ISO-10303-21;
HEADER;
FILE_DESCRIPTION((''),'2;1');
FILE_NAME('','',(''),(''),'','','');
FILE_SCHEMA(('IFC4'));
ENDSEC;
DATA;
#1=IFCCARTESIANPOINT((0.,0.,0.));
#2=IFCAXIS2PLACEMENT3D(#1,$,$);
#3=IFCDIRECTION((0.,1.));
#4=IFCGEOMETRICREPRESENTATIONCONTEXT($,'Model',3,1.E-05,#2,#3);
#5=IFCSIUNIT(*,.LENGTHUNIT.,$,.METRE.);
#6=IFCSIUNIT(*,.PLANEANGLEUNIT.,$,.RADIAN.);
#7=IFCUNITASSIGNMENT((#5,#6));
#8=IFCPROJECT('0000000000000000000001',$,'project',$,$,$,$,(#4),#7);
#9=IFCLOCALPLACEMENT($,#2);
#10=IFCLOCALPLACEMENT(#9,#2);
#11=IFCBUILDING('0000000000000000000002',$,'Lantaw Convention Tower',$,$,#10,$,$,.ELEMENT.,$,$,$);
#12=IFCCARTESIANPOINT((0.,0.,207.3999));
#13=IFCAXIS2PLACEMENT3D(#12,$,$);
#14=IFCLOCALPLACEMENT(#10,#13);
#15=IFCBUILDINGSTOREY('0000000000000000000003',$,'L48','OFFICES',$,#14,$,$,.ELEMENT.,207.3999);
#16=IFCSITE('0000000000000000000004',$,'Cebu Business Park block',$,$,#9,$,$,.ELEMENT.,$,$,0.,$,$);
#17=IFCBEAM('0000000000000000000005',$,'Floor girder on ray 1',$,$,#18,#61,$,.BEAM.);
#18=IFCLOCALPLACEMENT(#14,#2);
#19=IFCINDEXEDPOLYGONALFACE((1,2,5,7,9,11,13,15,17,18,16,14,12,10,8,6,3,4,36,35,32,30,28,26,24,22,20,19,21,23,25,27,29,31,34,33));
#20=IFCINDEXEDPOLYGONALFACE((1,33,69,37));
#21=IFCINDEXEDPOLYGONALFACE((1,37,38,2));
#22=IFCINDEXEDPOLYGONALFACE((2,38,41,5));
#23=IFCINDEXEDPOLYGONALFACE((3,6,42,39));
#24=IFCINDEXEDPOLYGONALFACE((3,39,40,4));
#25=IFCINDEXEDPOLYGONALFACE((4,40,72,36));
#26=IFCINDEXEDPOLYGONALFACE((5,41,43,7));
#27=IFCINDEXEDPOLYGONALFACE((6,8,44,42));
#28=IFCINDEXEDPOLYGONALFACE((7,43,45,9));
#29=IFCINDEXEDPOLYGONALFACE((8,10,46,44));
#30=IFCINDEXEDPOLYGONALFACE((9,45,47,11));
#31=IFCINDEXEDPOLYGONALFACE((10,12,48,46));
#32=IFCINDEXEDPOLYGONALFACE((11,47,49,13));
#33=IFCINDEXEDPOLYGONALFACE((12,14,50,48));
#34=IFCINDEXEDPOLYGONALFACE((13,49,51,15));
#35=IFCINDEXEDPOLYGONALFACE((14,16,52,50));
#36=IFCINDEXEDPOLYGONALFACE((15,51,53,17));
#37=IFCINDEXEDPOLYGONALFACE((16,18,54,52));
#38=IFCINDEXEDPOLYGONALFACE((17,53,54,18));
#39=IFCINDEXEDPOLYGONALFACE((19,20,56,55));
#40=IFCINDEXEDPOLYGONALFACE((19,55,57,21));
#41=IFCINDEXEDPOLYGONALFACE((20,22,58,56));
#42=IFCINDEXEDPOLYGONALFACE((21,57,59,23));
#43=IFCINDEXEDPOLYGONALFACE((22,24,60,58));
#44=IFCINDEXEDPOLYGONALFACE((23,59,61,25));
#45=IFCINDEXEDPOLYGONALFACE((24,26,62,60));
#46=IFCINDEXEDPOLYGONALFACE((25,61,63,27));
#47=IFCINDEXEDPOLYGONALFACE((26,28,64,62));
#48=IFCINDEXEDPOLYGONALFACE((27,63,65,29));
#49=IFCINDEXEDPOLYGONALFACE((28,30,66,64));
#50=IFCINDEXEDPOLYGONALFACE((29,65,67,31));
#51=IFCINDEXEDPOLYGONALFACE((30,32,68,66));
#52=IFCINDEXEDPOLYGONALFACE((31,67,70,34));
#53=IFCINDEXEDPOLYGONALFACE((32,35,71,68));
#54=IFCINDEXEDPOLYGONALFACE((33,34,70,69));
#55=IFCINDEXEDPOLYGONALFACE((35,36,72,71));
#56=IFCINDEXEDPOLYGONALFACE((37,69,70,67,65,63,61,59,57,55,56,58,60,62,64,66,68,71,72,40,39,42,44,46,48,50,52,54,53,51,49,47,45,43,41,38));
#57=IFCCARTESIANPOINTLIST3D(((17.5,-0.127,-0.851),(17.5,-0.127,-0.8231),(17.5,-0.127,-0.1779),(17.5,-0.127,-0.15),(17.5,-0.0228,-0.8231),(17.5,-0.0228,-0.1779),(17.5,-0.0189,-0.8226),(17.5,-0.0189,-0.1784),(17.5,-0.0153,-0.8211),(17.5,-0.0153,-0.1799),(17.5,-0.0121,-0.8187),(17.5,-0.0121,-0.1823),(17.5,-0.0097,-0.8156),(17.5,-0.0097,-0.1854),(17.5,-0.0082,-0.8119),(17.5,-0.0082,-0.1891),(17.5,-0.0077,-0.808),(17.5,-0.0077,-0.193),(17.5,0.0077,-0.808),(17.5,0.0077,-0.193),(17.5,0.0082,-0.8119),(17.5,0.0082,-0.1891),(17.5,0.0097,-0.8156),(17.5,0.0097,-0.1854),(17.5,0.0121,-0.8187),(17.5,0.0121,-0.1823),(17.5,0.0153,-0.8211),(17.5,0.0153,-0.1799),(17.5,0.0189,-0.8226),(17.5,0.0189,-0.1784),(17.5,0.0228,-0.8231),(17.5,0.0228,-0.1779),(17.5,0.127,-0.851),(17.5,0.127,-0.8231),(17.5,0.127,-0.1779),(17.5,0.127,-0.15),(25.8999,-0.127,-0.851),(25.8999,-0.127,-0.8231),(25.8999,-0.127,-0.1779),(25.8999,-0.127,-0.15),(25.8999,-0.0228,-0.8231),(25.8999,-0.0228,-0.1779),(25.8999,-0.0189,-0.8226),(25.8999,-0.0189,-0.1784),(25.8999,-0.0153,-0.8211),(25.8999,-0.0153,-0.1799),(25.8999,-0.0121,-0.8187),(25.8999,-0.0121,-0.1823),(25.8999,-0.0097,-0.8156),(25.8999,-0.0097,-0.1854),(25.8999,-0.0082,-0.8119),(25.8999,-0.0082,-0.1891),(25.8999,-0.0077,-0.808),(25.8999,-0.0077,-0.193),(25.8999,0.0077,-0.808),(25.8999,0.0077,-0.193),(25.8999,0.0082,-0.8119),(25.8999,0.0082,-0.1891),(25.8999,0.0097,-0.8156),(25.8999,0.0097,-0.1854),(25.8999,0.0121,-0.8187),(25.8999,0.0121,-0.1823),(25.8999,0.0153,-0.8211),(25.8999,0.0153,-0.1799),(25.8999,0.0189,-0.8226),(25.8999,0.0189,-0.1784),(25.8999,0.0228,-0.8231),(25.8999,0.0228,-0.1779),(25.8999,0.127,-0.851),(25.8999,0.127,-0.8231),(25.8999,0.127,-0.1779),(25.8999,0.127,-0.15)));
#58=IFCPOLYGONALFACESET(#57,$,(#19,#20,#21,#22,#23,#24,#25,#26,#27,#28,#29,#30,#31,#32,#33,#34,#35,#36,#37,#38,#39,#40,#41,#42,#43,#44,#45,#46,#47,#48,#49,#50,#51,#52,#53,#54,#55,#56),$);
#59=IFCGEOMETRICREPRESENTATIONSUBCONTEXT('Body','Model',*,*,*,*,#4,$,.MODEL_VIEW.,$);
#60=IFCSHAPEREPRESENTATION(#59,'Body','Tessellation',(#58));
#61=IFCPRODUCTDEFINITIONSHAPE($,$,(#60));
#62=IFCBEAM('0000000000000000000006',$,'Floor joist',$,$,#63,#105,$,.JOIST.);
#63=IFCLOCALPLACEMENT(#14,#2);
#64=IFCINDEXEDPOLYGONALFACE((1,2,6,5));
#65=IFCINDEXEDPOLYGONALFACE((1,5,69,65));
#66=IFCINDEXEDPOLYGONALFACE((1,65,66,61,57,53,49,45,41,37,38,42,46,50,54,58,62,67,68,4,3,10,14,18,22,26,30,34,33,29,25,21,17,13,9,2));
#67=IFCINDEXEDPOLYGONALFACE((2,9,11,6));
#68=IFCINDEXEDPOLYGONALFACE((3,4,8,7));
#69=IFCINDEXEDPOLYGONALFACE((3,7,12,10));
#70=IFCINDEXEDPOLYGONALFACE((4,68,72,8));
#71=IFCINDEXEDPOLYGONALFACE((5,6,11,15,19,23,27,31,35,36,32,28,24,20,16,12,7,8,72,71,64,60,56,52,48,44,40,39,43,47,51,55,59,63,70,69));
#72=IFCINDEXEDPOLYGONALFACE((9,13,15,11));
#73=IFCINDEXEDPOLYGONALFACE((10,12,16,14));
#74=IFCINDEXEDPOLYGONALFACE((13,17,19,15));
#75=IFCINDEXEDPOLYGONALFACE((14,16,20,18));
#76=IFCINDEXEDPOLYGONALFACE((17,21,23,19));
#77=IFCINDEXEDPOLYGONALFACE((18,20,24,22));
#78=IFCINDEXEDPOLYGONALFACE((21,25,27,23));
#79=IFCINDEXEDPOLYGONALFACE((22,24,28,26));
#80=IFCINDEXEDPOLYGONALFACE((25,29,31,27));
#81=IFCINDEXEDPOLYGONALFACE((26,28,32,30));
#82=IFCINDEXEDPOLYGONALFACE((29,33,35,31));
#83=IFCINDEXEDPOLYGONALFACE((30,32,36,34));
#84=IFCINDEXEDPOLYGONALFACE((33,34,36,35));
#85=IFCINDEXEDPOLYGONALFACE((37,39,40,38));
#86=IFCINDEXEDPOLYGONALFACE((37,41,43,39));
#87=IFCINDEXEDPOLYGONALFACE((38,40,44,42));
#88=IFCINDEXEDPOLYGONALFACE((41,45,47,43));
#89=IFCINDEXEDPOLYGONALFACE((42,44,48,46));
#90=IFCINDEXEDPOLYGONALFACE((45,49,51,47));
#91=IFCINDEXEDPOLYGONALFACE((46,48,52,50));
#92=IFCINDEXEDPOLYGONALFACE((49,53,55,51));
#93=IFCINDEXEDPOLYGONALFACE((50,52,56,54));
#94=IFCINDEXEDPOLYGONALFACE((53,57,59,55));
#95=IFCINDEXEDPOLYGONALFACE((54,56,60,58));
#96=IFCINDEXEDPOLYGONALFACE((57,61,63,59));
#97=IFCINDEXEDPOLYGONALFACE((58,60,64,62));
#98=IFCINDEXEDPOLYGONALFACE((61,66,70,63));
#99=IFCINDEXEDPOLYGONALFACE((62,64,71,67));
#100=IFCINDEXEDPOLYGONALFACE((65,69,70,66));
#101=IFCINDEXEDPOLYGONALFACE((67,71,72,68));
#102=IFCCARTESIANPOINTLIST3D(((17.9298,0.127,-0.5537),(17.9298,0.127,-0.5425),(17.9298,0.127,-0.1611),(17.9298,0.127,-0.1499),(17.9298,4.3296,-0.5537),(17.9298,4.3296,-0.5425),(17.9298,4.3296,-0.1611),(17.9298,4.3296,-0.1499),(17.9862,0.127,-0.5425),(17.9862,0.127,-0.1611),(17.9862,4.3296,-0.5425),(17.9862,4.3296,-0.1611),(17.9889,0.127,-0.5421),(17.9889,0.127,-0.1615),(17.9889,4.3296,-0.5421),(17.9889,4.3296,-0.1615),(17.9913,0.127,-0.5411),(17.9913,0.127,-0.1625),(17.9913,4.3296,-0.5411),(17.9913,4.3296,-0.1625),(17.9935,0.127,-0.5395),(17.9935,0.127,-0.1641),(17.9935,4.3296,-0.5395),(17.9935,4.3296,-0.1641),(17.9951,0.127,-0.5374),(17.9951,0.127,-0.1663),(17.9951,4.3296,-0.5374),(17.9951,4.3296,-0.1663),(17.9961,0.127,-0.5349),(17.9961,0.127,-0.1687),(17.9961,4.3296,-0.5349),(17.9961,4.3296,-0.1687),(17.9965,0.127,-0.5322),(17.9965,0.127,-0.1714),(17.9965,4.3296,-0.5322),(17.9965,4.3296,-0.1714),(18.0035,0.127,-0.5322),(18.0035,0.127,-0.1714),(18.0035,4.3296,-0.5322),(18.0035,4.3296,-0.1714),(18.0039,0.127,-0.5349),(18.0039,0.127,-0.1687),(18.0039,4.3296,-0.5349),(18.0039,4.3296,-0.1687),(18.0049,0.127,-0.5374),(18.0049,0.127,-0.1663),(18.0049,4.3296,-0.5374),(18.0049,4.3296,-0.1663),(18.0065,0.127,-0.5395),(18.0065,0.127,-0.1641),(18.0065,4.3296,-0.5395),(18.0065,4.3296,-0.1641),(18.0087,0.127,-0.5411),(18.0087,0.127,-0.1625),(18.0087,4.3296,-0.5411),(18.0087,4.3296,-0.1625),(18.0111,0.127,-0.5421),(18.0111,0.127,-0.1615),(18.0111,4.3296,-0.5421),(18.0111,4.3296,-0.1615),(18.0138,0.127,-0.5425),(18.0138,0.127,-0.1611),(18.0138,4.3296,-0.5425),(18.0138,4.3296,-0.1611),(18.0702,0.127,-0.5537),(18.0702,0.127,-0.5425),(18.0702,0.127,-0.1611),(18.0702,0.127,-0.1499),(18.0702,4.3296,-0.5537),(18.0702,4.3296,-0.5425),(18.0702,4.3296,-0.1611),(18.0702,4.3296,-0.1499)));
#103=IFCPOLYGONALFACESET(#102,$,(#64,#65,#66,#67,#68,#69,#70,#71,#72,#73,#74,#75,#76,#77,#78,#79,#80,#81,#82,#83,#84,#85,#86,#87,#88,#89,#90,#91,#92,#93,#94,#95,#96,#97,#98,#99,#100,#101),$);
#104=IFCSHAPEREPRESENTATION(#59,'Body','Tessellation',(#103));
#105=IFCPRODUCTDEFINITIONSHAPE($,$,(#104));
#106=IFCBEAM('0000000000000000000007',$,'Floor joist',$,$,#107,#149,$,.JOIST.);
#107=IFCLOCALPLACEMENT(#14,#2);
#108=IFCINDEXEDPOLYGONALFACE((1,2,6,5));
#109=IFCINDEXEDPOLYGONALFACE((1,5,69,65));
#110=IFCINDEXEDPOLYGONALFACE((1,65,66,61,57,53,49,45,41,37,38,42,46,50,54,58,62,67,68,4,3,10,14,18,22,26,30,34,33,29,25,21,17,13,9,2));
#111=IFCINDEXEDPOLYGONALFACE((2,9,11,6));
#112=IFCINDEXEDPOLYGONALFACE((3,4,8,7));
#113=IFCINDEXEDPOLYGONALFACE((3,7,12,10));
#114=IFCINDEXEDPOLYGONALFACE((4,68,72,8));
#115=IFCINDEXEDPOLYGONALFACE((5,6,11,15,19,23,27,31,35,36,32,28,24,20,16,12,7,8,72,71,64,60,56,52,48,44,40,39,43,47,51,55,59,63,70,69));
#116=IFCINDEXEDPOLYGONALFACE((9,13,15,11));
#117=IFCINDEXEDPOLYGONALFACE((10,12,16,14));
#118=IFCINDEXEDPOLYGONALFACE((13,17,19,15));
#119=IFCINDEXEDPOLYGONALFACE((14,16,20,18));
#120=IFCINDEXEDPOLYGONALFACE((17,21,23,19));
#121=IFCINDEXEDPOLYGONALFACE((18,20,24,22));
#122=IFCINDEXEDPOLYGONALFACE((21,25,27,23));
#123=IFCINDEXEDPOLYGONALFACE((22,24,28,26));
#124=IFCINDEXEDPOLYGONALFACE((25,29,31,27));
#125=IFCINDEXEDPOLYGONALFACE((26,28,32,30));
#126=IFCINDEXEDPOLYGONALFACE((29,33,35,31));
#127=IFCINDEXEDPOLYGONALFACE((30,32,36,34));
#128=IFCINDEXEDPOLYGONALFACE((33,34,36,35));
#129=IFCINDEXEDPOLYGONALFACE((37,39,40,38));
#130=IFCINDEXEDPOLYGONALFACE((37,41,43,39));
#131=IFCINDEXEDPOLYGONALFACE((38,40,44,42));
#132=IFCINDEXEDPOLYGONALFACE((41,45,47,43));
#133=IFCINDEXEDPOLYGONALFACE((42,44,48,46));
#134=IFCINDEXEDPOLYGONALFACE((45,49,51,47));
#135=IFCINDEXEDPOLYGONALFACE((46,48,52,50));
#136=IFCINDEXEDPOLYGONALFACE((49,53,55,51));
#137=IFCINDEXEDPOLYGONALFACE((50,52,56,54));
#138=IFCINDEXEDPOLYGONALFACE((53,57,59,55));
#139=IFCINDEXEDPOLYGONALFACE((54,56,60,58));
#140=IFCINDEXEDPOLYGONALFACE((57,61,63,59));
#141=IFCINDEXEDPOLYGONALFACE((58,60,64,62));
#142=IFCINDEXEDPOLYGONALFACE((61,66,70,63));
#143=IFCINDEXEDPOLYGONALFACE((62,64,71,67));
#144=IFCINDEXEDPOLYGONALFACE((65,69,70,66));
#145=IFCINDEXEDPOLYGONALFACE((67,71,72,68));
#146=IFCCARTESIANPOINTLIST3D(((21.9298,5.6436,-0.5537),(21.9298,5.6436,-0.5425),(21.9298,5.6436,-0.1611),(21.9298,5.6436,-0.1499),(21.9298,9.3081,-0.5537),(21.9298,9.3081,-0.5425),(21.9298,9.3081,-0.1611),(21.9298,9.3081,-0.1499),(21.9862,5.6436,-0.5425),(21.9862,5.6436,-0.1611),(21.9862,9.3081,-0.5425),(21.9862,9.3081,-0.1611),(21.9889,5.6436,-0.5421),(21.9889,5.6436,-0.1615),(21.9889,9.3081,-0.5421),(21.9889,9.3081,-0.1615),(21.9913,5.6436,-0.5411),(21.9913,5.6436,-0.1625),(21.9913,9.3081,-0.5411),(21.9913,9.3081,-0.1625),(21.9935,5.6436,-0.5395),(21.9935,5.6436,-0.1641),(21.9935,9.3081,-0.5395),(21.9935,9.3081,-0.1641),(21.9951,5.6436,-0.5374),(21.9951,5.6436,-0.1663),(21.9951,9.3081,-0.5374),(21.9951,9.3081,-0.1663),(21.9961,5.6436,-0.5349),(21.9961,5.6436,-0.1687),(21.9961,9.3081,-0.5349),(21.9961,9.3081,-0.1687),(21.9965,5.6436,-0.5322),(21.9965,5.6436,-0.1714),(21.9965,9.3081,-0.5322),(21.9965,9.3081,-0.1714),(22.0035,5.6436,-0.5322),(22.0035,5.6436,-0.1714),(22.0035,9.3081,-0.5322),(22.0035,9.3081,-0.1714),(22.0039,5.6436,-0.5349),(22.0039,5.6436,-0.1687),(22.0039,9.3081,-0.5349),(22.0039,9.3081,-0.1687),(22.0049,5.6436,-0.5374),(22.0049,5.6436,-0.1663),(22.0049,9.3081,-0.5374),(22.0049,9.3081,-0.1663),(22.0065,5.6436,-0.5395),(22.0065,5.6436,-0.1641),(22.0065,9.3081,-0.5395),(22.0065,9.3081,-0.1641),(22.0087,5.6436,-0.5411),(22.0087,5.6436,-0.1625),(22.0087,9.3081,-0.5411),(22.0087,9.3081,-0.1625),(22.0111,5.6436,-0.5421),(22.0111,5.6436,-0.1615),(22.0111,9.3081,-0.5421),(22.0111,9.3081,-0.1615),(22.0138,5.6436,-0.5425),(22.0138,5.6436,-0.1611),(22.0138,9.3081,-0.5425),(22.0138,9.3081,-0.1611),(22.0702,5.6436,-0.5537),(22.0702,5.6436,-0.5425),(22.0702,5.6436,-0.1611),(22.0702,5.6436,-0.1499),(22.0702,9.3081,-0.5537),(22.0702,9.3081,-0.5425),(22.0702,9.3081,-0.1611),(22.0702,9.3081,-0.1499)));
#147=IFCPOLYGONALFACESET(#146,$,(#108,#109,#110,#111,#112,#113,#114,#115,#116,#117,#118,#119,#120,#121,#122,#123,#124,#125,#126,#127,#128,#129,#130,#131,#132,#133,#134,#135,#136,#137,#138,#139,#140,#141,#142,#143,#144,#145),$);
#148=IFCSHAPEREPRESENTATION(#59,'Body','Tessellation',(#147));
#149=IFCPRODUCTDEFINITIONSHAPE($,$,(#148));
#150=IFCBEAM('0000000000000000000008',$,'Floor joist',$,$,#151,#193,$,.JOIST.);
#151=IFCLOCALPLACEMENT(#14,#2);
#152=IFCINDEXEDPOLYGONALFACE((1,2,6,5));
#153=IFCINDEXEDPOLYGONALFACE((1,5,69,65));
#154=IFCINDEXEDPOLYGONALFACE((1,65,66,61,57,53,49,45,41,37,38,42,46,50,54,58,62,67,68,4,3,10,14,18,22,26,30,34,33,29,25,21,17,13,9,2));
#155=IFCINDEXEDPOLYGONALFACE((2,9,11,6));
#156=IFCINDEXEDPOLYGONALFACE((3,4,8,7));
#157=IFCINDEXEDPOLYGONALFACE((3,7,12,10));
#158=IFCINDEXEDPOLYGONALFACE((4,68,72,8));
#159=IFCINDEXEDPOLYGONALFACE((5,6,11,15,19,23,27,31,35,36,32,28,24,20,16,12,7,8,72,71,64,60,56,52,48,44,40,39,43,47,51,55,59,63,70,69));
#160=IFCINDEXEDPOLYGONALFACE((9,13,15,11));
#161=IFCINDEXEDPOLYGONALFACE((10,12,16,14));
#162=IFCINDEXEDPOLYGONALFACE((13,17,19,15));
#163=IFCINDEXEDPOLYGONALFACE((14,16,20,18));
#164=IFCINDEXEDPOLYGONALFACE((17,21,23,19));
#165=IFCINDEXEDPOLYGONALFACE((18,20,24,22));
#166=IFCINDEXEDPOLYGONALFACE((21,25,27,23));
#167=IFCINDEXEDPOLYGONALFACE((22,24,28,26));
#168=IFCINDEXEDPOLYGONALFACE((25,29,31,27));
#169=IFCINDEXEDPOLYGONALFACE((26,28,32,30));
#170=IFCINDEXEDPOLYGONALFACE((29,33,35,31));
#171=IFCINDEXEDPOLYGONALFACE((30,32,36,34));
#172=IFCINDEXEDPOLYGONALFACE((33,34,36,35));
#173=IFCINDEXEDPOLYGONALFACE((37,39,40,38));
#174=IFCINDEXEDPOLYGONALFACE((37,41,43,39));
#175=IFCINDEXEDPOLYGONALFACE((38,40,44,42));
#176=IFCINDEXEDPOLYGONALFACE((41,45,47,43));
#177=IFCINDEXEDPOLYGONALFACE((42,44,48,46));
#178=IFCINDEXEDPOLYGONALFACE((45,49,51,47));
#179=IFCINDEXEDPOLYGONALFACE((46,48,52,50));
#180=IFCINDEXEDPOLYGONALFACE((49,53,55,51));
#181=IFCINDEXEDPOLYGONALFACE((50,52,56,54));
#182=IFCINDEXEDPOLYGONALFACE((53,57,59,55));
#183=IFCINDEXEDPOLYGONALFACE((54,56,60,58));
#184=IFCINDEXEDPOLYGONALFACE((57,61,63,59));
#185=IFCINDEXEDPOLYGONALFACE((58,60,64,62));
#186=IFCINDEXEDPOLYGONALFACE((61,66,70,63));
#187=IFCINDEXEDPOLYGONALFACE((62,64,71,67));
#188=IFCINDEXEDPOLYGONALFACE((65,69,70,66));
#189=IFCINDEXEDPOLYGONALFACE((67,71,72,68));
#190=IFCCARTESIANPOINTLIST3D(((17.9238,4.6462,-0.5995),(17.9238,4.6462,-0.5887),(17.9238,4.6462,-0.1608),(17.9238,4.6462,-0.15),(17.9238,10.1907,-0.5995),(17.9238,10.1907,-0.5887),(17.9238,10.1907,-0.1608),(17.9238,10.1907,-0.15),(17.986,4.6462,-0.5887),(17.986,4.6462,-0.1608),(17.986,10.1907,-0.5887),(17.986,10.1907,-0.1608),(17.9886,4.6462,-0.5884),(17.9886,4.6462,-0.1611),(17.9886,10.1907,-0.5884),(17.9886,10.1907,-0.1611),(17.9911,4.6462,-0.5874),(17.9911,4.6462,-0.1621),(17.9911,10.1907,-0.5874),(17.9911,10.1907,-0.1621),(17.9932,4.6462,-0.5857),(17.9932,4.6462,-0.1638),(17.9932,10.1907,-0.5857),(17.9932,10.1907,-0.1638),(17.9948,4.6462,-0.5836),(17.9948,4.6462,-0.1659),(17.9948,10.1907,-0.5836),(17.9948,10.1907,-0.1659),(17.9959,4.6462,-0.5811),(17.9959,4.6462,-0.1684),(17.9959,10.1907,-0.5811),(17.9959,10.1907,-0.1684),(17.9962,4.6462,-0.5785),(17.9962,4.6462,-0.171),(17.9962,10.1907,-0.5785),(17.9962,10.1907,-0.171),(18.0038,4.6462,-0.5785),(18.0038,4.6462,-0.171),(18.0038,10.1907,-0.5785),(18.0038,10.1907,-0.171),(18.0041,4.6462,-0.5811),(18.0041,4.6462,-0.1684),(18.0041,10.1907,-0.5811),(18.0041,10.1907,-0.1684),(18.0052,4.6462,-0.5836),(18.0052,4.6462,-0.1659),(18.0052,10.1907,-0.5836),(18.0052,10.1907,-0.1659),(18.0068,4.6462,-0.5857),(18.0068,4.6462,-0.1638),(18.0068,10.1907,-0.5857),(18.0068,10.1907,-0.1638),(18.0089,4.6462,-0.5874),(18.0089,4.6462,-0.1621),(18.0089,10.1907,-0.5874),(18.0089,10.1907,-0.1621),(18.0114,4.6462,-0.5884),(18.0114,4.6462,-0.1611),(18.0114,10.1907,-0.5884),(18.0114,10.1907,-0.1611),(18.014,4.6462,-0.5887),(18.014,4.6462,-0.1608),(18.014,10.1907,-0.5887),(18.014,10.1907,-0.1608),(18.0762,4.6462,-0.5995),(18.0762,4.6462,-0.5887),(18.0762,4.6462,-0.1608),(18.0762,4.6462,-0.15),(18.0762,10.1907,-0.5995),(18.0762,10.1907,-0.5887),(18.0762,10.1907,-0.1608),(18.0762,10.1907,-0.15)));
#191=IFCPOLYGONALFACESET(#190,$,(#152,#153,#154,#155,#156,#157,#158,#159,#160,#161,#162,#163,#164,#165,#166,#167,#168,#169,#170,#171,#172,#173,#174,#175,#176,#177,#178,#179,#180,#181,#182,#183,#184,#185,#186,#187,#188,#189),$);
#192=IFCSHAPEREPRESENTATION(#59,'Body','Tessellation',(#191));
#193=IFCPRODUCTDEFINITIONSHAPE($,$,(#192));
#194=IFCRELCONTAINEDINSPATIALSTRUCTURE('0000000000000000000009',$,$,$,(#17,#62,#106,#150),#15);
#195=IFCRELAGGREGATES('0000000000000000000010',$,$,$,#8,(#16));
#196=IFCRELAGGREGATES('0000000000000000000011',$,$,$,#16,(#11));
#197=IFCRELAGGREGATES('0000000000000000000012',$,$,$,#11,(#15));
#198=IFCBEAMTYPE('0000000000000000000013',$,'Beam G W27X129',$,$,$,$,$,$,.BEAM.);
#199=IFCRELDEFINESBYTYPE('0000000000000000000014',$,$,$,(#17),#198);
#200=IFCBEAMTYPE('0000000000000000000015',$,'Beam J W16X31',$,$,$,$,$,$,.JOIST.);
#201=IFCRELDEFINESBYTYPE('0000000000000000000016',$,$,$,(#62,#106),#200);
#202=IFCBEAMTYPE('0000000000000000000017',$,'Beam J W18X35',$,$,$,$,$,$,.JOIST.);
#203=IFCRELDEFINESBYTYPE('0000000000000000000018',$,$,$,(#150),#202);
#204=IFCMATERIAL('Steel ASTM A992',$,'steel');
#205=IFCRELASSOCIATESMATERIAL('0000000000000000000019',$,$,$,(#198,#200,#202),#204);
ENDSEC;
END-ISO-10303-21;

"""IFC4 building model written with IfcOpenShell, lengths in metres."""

from ifc_helpers import new_model, si_unit, direction, frame, origin, origin_2d, place, context, subcontext, project, spatial, i_section, extrude, material, material_profile, profile_set, type_object, element, save


model = new_model("IFC4")

# Units and contexts
model_context = context("Model", 3, precision=1e-05, world=origin(), true_north=direction((0.0, 1.0)))
body_context = subcontext(model_context, "Body", "Model", "MODEL_VIEW")
ifc_project = project(units=[si_unit("LENGTHUNIT", "METRE"), si_unit("PLANEANGLEUNIT", "RADIAN")], contexts=[model_context])

# Site, building, storey
site_placement = place(None, origin())
site = spatial("IfcSite", under=ifc_project, at=site_placement, Name="Cebu Business Park block", CompositionType="ELEMENT", RefElevation=0.0)
building_placement = place(site_placement, origin())
building = spatial("IfcBuilding", under=site, at=building_placement, Name="Lantaw Convention Tower", CompositionType="ELEMENT")
storey_placement = place(building_placement, frame((0.0, 0.0, 207.3999)))
storey = spatial("IfcBuildingStorey", under=building, at=storey_placement, Name="L48", Description="OFFICES", CompositionType="ELEMENT", Elevation=207.3999)

# Beams
ifc_material_1 = material(Name="Steel ASTM A992", Category="steel")
ifc_material_profile_1 = material_profile(ifc_material_1, i_section(OverallWidth=0.2539, OverallDepth=0.7009, WebThickness=0.0154, FlangeThickness=0.0278, FilletRadius=0.0151, at=origin_2d()), Name="W27X129")
ifc_profile_set_1 = profile_set([ifc_material_profile_1], Name="Steel ASTM A992")
beam_type_1 = type_object("IfcBeamType", Name="Beam G W27X129", PredefinedType="BEAM", material=ifc_profile_set_1)
beam_1_placement = place(storey_placement, frame((17.5, 0.0, -0.5005), z_axis=(1.0, 0.0, 0.0), x_axis=(0.0, 1.0, 0.0)))
element("IfcBeam", 1, at=beam_1_placement, inside=storey, type_object=beam_type_1, Name="Floor girder on ray 1", PredefinedType="BEAM", context=body_context, shape_type="SweptSolid", body=[
    extrude(i_section(OverallWidth=0.2539, OverallDepth=0.7009, WebThickness=0.0154, FlangeThickness=0.0278, FilletRadius=0.0151, at=origin_2d()), origin(), (0.0, 0.0, 1.0), 8.3999),
])
ifc_material_profile_2 = material_profile(ifc_material_1, i_section(OverallWidth=0.1404, OverallDepth=0.4038, WebThickness=0.0071, FlangeThickness=0.0112, FilletRadius=0.0103, at=origin_2d()), Name="W16X31")
ifc_profile_set_2 = profile_set([ifc_material_profile_2], Name="Steel ASTM A992")
beam_type_2 = type_object("IfcBeamType", Name="Beam J W16X31", PredefinedType="JOIST", material=ifc_profile_set_2)
beam_2_placement = place(storey_placement, frame((18.0, 0.127, -0.3518), z_axis=(0.0, 1.0, 0.0), x_axis=(-1.0, 0.0, 0.0)))
element("IfcBeam", 2, at=beam_2_placement, inside=storey, type_object=beam_type_2, Name="Floor joist", PredefinedType="JOIST", context=body_context, shape_type="SweptSolid", body=[
    extrude(i_section(OverallWidth=0.1404, OverallDepth=0.4038, WebThickness=0.0071, FlangeThickness=0.0112, FilletRadius=0.0103, at=origin_2d()), origin(), (0.0, 0.0, 1.0), 4.2026),
])
beam_3_placement = place(storey_placement, frame((22.0, 5.6436, -0.3518), z_axis=(0.0, 1.0, 0.0), x_axis=(-1.0, 0.0, 0.0)))
element("IfcBeam", 3, at=beam_3_placement, inside=storey, type_object=beam_type_2, Name="Floor joist", PredefinedType="JOIST", context=body_context, shape_type="SweptSolid", body=[
    extrude(i_section(OverallWidth=0.1404, OverallDepth=0.4038, WebThickness=0.0071, FlangeThickness=0.0112, FilletRadius=0.0103, at=origin_2d()), origin(), (0.0, 0.0, 1.0), 3.6646),
])
ifc_material_profile_3 = material_profile(ifc_material_1, i_section(OverallWidth=0.1523, OverallDepth=0.4495, WebThickness=0.0076, FlangeThickness=0.0107, FilletRadius=0.0103, at=origin_2d()), Name="W18X35")
ifc_profile_set_3 = profile_set([ifc_material_profile_3], Name="Steel ASTM A992")
beam_type_3 = type_object("IfcBeamType", Name="Beam J W18X35", PredefinedType="JOIST", material=ifc_profile_set_3)
beam_4_placement = place(storey_placement, frame((18.0, 4.6462, -0.3748), z_axis=(0.0, 1.0, 0.0), x_axis=(-1.0, 0.0, 0.0)))
element("IfcBeam", 4, at=beam_4_placement, inside=storey, type_object=beam_type_3, Name="Floor joist", PredefinedType="JOIST", context=body_context, shape_type="SweptSolid", body=[
    extrude(i_section(OverallWidth=0.1523, OverallDepth=0.4495, WebThickness=0.0076, FlangeThickness=0.0107, FilletRadius=0.0103, at=origin_2d()), origin(), (0.0, 0.0, 1.0), 5.5444),
])

save(model, "model.ifc")
